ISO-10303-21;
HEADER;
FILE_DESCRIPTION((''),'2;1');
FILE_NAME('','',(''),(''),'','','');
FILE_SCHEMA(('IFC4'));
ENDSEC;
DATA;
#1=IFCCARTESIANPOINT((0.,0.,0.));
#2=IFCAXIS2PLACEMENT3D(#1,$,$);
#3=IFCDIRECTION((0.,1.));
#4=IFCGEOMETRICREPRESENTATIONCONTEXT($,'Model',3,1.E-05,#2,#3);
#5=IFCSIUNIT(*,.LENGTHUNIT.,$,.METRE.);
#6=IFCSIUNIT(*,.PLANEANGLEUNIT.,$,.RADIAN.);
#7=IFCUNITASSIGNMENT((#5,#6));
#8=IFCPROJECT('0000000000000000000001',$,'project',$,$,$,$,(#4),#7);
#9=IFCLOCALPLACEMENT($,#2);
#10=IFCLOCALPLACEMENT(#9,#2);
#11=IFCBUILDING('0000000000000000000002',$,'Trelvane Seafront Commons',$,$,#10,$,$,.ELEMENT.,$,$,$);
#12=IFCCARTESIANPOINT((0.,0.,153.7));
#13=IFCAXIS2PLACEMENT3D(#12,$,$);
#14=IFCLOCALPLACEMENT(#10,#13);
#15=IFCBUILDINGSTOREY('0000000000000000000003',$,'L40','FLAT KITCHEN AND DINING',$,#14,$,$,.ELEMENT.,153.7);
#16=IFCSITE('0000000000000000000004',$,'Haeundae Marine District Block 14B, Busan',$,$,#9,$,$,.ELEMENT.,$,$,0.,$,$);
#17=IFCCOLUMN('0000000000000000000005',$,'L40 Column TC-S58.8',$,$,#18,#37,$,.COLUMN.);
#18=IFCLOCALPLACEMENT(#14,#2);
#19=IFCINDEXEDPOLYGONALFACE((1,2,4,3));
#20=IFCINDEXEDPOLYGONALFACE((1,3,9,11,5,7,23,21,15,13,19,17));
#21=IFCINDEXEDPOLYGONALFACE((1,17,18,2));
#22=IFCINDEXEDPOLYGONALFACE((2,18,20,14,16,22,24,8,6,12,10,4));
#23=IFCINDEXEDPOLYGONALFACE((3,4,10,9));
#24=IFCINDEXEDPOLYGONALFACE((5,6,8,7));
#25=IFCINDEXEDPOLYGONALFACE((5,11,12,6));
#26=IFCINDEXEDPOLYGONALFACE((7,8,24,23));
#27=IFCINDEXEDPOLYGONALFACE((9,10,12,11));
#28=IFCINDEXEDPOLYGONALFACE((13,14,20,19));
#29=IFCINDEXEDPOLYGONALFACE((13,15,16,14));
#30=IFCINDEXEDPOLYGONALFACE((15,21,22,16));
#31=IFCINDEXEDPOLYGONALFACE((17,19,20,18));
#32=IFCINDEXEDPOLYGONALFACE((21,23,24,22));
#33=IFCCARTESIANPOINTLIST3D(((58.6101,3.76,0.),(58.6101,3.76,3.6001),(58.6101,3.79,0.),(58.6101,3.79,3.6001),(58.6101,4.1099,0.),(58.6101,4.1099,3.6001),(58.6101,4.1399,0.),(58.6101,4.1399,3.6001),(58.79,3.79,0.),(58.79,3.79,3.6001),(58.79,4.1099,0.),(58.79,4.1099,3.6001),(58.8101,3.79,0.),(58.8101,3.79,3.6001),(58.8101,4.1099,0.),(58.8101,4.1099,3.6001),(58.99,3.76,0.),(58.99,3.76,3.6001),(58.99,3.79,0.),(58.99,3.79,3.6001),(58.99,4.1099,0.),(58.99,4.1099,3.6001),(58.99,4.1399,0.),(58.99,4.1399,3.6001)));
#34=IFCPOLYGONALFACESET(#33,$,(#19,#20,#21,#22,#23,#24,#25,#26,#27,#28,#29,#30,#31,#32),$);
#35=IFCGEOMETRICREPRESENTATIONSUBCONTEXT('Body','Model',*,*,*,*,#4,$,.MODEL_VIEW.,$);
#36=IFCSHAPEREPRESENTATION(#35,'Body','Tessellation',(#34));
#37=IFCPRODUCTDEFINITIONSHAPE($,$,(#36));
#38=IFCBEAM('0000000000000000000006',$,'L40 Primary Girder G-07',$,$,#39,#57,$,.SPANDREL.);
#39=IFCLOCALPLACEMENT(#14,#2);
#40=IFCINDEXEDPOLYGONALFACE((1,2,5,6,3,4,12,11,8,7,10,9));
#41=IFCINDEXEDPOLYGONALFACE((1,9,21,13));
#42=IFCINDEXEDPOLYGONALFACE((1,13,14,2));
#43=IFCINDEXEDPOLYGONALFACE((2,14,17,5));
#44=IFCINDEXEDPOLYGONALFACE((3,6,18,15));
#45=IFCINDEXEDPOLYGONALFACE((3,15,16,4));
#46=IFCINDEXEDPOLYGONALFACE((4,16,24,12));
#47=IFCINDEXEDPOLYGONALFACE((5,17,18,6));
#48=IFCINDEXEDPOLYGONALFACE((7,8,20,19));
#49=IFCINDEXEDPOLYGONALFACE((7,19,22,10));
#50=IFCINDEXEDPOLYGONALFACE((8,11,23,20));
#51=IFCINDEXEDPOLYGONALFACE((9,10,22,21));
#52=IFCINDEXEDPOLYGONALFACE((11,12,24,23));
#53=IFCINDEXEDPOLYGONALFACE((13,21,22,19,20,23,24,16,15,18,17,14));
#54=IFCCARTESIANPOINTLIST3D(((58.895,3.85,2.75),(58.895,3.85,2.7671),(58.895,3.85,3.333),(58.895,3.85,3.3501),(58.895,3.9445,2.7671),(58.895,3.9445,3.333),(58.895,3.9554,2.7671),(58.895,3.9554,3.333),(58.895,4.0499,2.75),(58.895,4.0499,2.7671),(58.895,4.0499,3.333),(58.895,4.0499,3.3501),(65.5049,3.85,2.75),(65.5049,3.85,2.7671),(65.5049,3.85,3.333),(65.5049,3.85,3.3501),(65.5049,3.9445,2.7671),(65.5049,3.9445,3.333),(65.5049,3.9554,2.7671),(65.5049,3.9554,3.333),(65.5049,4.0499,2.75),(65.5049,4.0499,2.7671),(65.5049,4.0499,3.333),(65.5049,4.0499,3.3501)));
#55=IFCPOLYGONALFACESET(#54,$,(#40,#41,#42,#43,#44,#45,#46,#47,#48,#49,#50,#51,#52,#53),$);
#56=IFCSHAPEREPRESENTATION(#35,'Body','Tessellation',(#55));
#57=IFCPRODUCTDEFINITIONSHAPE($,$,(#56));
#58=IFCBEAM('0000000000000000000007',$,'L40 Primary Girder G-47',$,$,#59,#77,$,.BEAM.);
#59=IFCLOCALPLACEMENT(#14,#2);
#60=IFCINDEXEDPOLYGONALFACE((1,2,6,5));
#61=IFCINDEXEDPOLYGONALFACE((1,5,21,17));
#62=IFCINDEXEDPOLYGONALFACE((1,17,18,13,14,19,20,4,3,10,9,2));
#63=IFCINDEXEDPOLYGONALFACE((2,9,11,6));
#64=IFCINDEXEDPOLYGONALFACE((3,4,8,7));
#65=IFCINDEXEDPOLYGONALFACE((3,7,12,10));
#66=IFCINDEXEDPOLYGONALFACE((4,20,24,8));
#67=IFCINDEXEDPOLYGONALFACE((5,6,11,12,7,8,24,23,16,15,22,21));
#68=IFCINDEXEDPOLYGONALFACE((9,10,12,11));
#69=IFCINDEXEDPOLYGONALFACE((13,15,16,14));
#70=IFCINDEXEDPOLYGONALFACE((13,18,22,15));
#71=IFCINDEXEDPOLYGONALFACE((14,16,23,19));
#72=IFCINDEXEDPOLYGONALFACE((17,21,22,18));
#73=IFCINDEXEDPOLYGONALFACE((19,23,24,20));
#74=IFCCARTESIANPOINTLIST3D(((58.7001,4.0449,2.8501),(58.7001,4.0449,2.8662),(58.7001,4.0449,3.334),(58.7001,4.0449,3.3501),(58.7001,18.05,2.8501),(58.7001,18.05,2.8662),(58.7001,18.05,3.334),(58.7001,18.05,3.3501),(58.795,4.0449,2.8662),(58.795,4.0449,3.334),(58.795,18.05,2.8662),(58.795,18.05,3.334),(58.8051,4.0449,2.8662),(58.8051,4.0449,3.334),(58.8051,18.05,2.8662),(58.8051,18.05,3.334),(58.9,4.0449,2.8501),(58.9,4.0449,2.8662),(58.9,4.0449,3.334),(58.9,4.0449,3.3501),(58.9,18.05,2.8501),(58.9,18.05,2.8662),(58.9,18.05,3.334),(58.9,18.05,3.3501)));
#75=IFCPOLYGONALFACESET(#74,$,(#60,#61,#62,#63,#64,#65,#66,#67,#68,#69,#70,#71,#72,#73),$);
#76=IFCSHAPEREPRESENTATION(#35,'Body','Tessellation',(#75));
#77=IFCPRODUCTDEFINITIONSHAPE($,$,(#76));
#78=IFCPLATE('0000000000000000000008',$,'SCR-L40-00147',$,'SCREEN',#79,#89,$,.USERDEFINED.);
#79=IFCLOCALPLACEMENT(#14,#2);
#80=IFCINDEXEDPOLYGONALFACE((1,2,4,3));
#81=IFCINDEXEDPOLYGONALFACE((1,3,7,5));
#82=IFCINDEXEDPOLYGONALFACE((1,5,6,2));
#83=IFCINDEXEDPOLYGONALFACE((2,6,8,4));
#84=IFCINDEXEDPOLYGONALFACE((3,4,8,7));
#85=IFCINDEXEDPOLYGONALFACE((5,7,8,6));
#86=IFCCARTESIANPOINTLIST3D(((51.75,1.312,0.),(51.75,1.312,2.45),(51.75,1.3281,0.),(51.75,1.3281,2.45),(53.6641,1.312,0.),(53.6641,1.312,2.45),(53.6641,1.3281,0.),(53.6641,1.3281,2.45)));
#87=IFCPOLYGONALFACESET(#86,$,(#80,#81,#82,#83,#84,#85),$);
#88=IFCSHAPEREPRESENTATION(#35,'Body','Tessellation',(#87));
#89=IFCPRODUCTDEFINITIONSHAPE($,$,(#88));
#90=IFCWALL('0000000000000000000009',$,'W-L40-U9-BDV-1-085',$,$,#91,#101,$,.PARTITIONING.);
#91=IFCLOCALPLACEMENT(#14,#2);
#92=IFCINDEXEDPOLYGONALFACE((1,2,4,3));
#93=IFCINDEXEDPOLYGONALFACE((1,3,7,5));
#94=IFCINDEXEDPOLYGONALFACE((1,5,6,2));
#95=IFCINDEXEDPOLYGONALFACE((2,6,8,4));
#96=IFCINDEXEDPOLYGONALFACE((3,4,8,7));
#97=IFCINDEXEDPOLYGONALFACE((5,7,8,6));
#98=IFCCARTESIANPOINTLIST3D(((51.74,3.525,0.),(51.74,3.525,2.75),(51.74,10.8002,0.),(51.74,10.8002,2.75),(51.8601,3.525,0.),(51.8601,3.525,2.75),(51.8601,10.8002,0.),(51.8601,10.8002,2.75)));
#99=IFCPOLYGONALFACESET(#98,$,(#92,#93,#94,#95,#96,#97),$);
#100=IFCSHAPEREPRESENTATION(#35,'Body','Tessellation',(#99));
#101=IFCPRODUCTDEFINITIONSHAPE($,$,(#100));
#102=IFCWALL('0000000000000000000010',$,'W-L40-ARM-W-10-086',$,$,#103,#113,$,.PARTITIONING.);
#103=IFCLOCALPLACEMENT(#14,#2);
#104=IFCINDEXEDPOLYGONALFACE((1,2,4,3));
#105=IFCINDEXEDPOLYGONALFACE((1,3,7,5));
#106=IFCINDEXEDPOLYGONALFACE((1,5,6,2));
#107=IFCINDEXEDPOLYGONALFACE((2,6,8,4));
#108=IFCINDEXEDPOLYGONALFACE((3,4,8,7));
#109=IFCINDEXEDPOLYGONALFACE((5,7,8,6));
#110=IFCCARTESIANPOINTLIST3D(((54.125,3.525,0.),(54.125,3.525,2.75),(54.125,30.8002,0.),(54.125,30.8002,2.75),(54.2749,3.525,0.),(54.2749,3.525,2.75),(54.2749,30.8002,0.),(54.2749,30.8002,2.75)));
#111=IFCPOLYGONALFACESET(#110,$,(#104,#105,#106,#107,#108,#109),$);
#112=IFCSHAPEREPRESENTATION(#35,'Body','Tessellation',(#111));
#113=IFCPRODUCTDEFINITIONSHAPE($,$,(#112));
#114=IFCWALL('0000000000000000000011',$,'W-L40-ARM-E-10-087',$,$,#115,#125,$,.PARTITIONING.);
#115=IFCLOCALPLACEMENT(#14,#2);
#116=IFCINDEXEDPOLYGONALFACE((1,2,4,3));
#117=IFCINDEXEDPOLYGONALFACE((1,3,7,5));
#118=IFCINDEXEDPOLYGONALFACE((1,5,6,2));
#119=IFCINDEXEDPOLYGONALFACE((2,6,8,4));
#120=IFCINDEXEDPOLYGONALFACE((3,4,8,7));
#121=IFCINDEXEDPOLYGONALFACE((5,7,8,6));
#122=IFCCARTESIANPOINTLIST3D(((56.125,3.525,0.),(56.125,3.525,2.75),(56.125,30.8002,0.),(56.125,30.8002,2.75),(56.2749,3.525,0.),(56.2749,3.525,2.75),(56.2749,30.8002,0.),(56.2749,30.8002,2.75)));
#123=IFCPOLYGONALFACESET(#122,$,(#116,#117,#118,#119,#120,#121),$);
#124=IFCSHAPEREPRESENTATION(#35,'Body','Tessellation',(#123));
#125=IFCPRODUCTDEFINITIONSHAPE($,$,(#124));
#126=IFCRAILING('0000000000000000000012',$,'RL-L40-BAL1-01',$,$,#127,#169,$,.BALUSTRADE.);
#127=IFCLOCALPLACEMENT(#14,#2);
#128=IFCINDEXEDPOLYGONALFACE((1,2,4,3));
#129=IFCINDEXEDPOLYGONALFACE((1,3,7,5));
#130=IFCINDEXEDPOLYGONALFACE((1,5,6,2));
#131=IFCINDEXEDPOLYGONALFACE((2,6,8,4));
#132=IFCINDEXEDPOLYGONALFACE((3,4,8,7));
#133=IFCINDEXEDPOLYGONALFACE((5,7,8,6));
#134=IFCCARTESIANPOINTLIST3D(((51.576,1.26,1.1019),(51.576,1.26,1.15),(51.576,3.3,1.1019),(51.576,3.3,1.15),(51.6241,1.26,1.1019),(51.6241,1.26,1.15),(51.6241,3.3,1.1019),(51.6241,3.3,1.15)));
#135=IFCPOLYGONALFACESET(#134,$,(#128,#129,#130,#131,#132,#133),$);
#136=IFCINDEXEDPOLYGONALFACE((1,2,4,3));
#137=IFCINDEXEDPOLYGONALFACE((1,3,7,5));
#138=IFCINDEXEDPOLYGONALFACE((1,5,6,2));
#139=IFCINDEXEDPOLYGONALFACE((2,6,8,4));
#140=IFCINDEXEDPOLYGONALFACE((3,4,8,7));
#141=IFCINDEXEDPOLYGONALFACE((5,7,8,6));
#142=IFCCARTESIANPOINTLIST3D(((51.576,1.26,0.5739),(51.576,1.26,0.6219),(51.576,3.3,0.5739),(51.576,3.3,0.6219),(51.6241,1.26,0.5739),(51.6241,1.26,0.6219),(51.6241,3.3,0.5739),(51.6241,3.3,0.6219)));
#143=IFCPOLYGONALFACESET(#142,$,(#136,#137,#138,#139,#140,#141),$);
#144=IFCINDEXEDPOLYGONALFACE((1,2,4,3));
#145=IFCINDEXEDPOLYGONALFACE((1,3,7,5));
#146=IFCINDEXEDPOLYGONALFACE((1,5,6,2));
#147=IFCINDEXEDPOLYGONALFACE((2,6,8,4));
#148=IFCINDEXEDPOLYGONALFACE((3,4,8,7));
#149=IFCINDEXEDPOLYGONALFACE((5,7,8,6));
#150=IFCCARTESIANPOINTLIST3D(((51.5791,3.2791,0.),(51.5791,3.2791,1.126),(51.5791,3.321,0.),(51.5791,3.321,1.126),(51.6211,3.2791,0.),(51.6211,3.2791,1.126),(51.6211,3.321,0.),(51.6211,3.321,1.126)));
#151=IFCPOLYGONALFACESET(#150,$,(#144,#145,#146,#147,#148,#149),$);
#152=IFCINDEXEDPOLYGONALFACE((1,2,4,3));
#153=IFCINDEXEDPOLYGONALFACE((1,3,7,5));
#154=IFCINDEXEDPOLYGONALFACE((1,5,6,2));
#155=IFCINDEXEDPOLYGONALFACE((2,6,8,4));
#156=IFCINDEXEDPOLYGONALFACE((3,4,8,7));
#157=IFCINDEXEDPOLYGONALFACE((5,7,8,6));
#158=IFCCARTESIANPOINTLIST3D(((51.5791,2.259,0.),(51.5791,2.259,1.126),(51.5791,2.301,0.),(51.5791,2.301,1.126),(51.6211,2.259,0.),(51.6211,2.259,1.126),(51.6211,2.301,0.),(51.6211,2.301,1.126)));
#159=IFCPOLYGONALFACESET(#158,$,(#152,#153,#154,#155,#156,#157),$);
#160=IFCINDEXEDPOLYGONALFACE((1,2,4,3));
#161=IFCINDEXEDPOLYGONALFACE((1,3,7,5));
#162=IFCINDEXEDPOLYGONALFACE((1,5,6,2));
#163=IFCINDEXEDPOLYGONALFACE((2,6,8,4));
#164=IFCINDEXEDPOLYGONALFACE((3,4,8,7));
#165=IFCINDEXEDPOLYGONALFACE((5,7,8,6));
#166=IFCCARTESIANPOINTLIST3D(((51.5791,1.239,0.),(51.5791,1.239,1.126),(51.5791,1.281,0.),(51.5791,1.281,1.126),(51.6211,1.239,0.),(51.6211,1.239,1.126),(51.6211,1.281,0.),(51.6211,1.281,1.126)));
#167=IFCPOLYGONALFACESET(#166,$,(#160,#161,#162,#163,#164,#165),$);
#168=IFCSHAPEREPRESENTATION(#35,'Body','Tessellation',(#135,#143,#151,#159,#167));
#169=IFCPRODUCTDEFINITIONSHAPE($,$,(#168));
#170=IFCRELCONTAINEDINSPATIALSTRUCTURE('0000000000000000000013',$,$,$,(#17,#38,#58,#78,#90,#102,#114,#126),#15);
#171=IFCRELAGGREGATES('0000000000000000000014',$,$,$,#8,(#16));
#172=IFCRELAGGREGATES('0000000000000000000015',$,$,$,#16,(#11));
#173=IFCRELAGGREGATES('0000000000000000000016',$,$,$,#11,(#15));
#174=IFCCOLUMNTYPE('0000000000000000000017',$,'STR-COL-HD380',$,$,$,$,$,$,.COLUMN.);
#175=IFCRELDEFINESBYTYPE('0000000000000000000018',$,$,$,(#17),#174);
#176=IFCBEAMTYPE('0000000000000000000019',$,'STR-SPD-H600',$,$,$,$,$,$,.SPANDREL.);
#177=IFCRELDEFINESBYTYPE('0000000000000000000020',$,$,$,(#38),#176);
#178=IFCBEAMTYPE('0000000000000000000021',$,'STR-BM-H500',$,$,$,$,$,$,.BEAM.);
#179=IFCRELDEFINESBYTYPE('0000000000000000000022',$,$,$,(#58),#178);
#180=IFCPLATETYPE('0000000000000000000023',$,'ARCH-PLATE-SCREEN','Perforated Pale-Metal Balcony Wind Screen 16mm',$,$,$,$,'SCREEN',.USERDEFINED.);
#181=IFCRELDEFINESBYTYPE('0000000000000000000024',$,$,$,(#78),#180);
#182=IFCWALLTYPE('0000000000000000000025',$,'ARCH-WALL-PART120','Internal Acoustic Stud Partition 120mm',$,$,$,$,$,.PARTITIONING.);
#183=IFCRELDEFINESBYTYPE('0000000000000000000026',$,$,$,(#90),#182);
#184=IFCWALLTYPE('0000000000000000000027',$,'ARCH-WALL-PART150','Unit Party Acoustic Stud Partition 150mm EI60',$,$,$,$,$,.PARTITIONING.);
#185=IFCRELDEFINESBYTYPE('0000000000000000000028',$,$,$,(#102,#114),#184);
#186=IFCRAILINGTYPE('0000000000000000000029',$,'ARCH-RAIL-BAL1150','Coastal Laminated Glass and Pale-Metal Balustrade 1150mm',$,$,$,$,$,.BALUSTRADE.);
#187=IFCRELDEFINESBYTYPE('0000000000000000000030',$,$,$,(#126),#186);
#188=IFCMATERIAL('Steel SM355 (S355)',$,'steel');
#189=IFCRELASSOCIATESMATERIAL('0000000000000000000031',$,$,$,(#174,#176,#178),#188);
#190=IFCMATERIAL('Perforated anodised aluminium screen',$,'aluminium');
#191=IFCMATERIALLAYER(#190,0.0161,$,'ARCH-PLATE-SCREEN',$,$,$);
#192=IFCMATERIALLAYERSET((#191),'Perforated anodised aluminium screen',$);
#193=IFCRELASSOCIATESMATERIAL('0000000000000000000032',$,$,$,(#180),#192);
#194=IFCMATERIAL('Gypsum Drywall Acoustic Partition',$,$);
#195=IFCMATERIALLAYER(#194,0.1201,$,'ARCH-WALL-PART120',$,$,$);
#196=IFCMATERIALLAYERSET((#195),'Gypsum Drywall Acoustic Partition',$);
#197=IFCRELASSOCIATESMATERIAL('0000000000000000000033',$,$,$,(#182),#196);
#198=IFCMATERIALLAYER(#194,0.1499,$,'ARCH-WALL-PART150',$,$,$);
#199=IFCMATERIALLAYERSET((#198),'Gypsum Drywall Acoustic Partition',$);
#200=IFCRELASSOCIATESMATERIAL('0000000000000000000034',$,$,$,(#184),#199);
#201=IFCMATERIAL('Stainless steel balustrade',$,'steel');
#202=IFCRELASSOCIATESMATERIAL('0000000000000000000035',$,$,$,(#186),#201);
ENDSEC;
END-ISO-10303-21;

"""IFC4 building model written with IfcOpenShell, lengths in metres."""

from ifc_helpers import new_model, si_unit, direction, frame, frame_2d, origin, origin_2d, place, context, subcontext, project, spatial, rectangle, i_section, extrude, source, transform, mapped, material, layer, layer_set, material_profile, profile_set, type_object, element, save


model = new_model("IFC4")

# Units and contexts
model_context = context("Model", 3, precision=1e-05, world=origin(), true_north=direction((0.0, 1.0)))
body_context = subcontext(model_context, "Body", "Model", "MODEL_VIEW")
ifc_project = project(units=[si_unit("LENGTHUNIT", "METRE"), si_unit("PLANEANGLEUNIT", "RADIAN")], contexts=[model_context])

# Site, building, storey
site_placement = place(None, origin())
site = spatial("IfcSite", under=ifc_project, at=site_placement, Name="Haeundae Marine District Block 14B, Busan", CompositionType="ELEMENT", RefElevation=0.0)
building_placement = place(site_placement, origin())
building = spatial("IfcBuilding", under=site, at=building_placement, Name="Trelvane Seafront Commons", CompositionType="ELEMENT")
storey_placement = place(building_placement, frame((0.0, 0.0, 153.7)))
storey = spatial("IfcBuildingStorey", under=building, at=storey_placement, Name="L40", Description="FLAT KITCHEN AND DINING", CompositionType="ELEMENT", Elevation=153.7)

# Column
ifc_material_1 = material(Name="Steel SM355 (S355)", Category="steel")
ifc_material_profile_1 = material_profile(ifc_material_1, i_section(OverallWidth=0.3799, OverallDepth=0.3799, WebThickness=0.02, FlangeThickness=0.03, at=origin_2d()), Name="HD-380x380x20x30")
ifc_profile_set_1 = profile_set([ifc_material_profile_1], Name="Steel SM355 (S355)")
column_type = type_object("IfcColumnType", Name="STR-COL-HD380", PredefinedType="COLUMN", material=ifc_profile_set_1)
shared_shape_1 = source(origin(), body_context, "Body", "SweptSolid", [
    extrude(i_section(OverallWidth=0.3799, OverallDepth=0.3799, WebThickness=0.02, FlangeThickness=0.03, at=origin_2d()), origin(), (0.0, 0.0, 1.0), 3.6001),
])
column_placement = place(storey_placement, frame((58.8, 3.95, 0.0), z_axis=(0.0, 0.0, 1.0), x_axis=(1.0, 0.0, 0.0)))
element("IfcColumn", 1, at=column_placement, inside=storey, type_object=column_type, Name="L40 Column TC-S58.8", PredefinedType="COLUMN", context=body_context, shape_type="MappedRepresentation", body=[
    mapped(shared_shape_1, transform((0.0, 0.0, 0.0), x_axis=(1.0, 0.0, 0.0), y_axis=(0.0, 1.0, 0.0), z_axis=(0.0, 0.0, 1.0), scale=1.0)),
])

# Beams
ifc_material_profile_2 = material_profile(ifc_material_1, i_section(OverallWidth=0.2, OverallDepth=0.6001, WebThickness=0.011, FlangeThickness=0.0171, at=origin_2d()), Name="H-600x200x11x17")
ifc_profile_set_2 = profile_set([ifc_material_profile_2], Name="Steel SM355 (S355)")
beam_type_1 = type_object("IfcBeamType", Name="STR-SPD-H600", PredefinedType="SPANDREL", material=ifc_profile_set_2)
shared_shape_2 = source(origin(), body_context, "Body", "SweptSolid", [
    extrude(i_section(OverallWidth=0.2, OverallDepth=0.6001, WebThickness=0.011, FlangeThickness=0.0171, at=origin_2d()), origin(), (0.0, 0.0, 1.0), 6.6099),
])
beam_1_placement = place(storey_placement, frame((58.895, 3.95, 3.05), z_axis=(1.0, 0.0, 0.0), x_axis=(0.0, 1.0, 0.0)))
element("IfcBeam", 2, at=beam_1_placement, inside=storey, type_object=beam_type_1, Name="L40 Primary Girder G-07", PredefinedType="SPANDREL", context=body_context, shape_type="MappedRepresentation", body=[
    mapped(shared_shape_2, transform((0.0, 0.0, 0.0), x_axis=(1.0, 0.0, 0.0), y_axis=(0.0, 1.0, 0.0), z_axis=(0.0, 0.0, 1.0), scale=1.0)),
])
ifc_material_profile_3 = material_profile(ifc_material_1, i_section(OverallWidth=0.2, OverallDepth=0.5, WebThickness=0.01, FlangeThickness=0.0161, at=origin_2d()), Name="H-500x200x10x16")
ifc_profile_set_3 = profile_set([ifc_material_profile_3], Name="Steel SM355 (S355)")
beam_type_2 = type_object("IfcBeamType", Name="STR-BM-H500", PredefinedType="BEAM", material=ifc_profile_set_3)
shared_shape_3 = source(origin(), body_context, "Body", "SweptSolid", [
    extrude(i_section(OverallWidth=0.2, OverallDepth=0.5, WebThickness=0.01, FlangeThickness=0.0161, at=origin_2d()), origin(), (0.0, 0.0, 1.0), 14.0051),
])
beam_2_placement = place(storey_placement, frame((58.8, 4.0449, 3.1001), z_axis=(0.0, 1.0, 0.0), x_axis=(-1.0, 0.0, 0.0)))
element("IfcBeam", 3, at=beam_2_placement, inside=storey, type_object=beam_type_2, Name="L40 Primary Girder G-47", PredefinedType="BEAM", context=body_context, shape_type="MappedRepresentation", body=[
    mapped(shared_shape_3, transform((0.0, 0.0, 0.0), x_axis=(1.0, 0.0, 0.0), y_axis=(0.0, 1.0, 0.0), z_axis=(0.0, 0.0, 1.0), scale=1.0)),
])

# Plate
ifc_material_2 = material(Name="Perforated anodised aluminium screen", Category="aluminium")
ifc_layer_1 = layer(ifc_material_2, 0.0161, Name="ARCH-PLATE-SCREEN")
ifc_layer_set_1 = layer_set([ifc_layer_1], Name="Perforated anodised aluminium screen")
plate_type = type_object("IfcPlateType", Name="ARCH-PLATE-SCREEN", Description="Perforated Pale-Metal Balcony Wind Screen 16mm", ElementType="SCREEN", PredefinedType="USERDEFINED", material=ifc_layer_set_1)
shared_shape_4 = source(origin(), body_context, "Body", "SweptSolid", [
    extrude(rectangle(XDim=1.9141, YDim=0.0161, at=origin_2d()), origin(), (0.0, 0.0, 1.0), 2.45),
])
plate_placement = place(storey_placement, frame((52.707, 1.3201, 0.0), z_axis=(0.0, 0.0, 1.0), x_axis=(1.0, 0.0, 0.0)))
element("IfcPlate", 4, at=plate_placement, inside=storey, type_object=plate_type, Name="SCR-L40-00147", ObjectType="SCREEN", PredefinedType="USERDEFINED", context=body_context, shape_type="MappedRepresentation", body=[
    mapped(shared_shape_4, transform((0.0, 0.0, 0.0), x_axis=(1.0, 0.0, 0.0), y_axis=(0.0, 1.0, 0.0), z_axis=(0.0, 0.0, 1.0), scale=1.0)),
])

# Shared definitions
ifc_material_3 = material(Name="Gypsum Drywall Acoustic Partition")
ifc_layer_2 = layer(ifc_material_3, 0.1201, Name="ARCH-WALL-PART120")
ifc_layer_set_2 = layer_set([ifc_layer_2], Name="Gypsum Drywall Acoustic Partition")
wall_type_1 = type_object("IfcWallType", Name="ARCH-WALL-PART120", Description="Internal Acoustic Stud Partition 120mm", PredefinedType="PARTITIONING", material=ifc_layer_set_2)

# Wall
wall_1_placement = place(storey_placement, frame((51.8, 3.5249, 0.0), z_axis=(0.0, 0.0, 1.0), x_axis=(0.0, 1.0, 0.0)))
element("IfcWall", 5, at=wall_1_placement, inside=storey, type_object=wall_type_1, Name="W-L40-U9-BDV-1-085", PredefinedType="PARTITIONING", context=body_context, shape_type="SweptSolid", body=[
    extrude(rectangle(XDim=7.2751, YDim=0.1201, at=frame_2d((3.6377, 0.0))), origin(), (0.0, 0.0, 1.0), 2.75),
])

# Walls
ifc_layer_3 = layer(ifc_material_3, 0.1499, Name="ARCH-WALL-PART150")
ifc_layer_set_3 = layer_set([ifc_layer_3], Name="Gypsum Drywall Acoustic Partition")
wall_type_2 = type_object("IfcWallType", Name="ARCH-WALL-PART150", Description="Unit Party Acoustic Stud Partition 150mm EI60", PredefinedType="PARTITIONING", material=ifc_layer_set_3)
for number, where, z_axis, x_axis, name in (
    (6, (54.2, 3.5249, 0.0), (0.0, 0.0, 1.0), (0.0, 1.0, 0.0), "W-L40-ARM-W-10-086"),
    (7, (56.2, 3.5249, 0.0), (0.0, 0.0, 1.0), (0.0, 1.0, 0.0), "W-L40-ARM-E-10-087"),
):
    element("IfcWall", number, at=place(storey_placement, frame(where, z_axis=z_axis, x_axis=x_axis)), inside=storey, type_object=wall_type_2, Name=name, PredefinedType="PARTITIONING", context=body_context, shape_type="SweptSolid", body=[
        extrude(rectangle(XDim=27.2751, YDim=0.1499, at=frame_2d((13.6377, 0.0))), origin(), (0.0, 0.0, 1.0), 2.75),
    ])

# Railing
ifc_material_4 = material(Name="Stainless steel balustrade", Category="steel")
railing_type = type_object("IfcRailingType", Name="ARCH-RAIL-BAL1150", Description="Coastal Laminated Glass and Pale-Metal Balustrade 1150mm", PredefinedType="BALUSTRADE", material=ifc_material_4)
railing_1_placement = place(storey_placement, frame((51.6001, 3.3, 0.0)))
element("IfcRailing", 8, at=railing_1_placement, inside=storey, type_object=railing_type, Name="RL-L40-BAL1-01", PredefinedType="BALUSTRADE", context=body_context, shape_type="SweptSolid", body=[
    extrude(rectangle(XDim=0.0481, YDim=0.0481, at=origin_2d()), frame((0.0, 0.0, 1.126), z_axis=(0.0, -1.0, 0.0), x_axis=(1.0, 0.0, 0.0)), (0.0, 0.0, 1.0), 2.04),
    extrude(rectangle(XDim=0.0481, YDim=0.0481, at=origin_2d()), frame((0.0, 0.0, 0.5979), z_axis=(0.0, -1.0, 0.0), x_axis=(1.0, 0.0, 0.0)), (0.0, 0.0, 1.0), 2.04),
    extrude(rectangle(XDim=0.042, YDim=0.042, at=origin_2d()), origin(), (0.0, 0.0, 1.0), 1.126),
    extrude(rectangle(XDim=0.042, YDim=0.042, at=origin_2d()), frame((0.0, -1.02, 0.0)), (0.0, 0.0, 1.0), 1.126),
    extrude(rectangle(XDim=0.042, YDim=0.042, at=origin_2d()), frame((0.0, -2.04, 0.0)), (0.0, 0.0, 1.0), 1.126),
])

save(model, "model.ifc")
